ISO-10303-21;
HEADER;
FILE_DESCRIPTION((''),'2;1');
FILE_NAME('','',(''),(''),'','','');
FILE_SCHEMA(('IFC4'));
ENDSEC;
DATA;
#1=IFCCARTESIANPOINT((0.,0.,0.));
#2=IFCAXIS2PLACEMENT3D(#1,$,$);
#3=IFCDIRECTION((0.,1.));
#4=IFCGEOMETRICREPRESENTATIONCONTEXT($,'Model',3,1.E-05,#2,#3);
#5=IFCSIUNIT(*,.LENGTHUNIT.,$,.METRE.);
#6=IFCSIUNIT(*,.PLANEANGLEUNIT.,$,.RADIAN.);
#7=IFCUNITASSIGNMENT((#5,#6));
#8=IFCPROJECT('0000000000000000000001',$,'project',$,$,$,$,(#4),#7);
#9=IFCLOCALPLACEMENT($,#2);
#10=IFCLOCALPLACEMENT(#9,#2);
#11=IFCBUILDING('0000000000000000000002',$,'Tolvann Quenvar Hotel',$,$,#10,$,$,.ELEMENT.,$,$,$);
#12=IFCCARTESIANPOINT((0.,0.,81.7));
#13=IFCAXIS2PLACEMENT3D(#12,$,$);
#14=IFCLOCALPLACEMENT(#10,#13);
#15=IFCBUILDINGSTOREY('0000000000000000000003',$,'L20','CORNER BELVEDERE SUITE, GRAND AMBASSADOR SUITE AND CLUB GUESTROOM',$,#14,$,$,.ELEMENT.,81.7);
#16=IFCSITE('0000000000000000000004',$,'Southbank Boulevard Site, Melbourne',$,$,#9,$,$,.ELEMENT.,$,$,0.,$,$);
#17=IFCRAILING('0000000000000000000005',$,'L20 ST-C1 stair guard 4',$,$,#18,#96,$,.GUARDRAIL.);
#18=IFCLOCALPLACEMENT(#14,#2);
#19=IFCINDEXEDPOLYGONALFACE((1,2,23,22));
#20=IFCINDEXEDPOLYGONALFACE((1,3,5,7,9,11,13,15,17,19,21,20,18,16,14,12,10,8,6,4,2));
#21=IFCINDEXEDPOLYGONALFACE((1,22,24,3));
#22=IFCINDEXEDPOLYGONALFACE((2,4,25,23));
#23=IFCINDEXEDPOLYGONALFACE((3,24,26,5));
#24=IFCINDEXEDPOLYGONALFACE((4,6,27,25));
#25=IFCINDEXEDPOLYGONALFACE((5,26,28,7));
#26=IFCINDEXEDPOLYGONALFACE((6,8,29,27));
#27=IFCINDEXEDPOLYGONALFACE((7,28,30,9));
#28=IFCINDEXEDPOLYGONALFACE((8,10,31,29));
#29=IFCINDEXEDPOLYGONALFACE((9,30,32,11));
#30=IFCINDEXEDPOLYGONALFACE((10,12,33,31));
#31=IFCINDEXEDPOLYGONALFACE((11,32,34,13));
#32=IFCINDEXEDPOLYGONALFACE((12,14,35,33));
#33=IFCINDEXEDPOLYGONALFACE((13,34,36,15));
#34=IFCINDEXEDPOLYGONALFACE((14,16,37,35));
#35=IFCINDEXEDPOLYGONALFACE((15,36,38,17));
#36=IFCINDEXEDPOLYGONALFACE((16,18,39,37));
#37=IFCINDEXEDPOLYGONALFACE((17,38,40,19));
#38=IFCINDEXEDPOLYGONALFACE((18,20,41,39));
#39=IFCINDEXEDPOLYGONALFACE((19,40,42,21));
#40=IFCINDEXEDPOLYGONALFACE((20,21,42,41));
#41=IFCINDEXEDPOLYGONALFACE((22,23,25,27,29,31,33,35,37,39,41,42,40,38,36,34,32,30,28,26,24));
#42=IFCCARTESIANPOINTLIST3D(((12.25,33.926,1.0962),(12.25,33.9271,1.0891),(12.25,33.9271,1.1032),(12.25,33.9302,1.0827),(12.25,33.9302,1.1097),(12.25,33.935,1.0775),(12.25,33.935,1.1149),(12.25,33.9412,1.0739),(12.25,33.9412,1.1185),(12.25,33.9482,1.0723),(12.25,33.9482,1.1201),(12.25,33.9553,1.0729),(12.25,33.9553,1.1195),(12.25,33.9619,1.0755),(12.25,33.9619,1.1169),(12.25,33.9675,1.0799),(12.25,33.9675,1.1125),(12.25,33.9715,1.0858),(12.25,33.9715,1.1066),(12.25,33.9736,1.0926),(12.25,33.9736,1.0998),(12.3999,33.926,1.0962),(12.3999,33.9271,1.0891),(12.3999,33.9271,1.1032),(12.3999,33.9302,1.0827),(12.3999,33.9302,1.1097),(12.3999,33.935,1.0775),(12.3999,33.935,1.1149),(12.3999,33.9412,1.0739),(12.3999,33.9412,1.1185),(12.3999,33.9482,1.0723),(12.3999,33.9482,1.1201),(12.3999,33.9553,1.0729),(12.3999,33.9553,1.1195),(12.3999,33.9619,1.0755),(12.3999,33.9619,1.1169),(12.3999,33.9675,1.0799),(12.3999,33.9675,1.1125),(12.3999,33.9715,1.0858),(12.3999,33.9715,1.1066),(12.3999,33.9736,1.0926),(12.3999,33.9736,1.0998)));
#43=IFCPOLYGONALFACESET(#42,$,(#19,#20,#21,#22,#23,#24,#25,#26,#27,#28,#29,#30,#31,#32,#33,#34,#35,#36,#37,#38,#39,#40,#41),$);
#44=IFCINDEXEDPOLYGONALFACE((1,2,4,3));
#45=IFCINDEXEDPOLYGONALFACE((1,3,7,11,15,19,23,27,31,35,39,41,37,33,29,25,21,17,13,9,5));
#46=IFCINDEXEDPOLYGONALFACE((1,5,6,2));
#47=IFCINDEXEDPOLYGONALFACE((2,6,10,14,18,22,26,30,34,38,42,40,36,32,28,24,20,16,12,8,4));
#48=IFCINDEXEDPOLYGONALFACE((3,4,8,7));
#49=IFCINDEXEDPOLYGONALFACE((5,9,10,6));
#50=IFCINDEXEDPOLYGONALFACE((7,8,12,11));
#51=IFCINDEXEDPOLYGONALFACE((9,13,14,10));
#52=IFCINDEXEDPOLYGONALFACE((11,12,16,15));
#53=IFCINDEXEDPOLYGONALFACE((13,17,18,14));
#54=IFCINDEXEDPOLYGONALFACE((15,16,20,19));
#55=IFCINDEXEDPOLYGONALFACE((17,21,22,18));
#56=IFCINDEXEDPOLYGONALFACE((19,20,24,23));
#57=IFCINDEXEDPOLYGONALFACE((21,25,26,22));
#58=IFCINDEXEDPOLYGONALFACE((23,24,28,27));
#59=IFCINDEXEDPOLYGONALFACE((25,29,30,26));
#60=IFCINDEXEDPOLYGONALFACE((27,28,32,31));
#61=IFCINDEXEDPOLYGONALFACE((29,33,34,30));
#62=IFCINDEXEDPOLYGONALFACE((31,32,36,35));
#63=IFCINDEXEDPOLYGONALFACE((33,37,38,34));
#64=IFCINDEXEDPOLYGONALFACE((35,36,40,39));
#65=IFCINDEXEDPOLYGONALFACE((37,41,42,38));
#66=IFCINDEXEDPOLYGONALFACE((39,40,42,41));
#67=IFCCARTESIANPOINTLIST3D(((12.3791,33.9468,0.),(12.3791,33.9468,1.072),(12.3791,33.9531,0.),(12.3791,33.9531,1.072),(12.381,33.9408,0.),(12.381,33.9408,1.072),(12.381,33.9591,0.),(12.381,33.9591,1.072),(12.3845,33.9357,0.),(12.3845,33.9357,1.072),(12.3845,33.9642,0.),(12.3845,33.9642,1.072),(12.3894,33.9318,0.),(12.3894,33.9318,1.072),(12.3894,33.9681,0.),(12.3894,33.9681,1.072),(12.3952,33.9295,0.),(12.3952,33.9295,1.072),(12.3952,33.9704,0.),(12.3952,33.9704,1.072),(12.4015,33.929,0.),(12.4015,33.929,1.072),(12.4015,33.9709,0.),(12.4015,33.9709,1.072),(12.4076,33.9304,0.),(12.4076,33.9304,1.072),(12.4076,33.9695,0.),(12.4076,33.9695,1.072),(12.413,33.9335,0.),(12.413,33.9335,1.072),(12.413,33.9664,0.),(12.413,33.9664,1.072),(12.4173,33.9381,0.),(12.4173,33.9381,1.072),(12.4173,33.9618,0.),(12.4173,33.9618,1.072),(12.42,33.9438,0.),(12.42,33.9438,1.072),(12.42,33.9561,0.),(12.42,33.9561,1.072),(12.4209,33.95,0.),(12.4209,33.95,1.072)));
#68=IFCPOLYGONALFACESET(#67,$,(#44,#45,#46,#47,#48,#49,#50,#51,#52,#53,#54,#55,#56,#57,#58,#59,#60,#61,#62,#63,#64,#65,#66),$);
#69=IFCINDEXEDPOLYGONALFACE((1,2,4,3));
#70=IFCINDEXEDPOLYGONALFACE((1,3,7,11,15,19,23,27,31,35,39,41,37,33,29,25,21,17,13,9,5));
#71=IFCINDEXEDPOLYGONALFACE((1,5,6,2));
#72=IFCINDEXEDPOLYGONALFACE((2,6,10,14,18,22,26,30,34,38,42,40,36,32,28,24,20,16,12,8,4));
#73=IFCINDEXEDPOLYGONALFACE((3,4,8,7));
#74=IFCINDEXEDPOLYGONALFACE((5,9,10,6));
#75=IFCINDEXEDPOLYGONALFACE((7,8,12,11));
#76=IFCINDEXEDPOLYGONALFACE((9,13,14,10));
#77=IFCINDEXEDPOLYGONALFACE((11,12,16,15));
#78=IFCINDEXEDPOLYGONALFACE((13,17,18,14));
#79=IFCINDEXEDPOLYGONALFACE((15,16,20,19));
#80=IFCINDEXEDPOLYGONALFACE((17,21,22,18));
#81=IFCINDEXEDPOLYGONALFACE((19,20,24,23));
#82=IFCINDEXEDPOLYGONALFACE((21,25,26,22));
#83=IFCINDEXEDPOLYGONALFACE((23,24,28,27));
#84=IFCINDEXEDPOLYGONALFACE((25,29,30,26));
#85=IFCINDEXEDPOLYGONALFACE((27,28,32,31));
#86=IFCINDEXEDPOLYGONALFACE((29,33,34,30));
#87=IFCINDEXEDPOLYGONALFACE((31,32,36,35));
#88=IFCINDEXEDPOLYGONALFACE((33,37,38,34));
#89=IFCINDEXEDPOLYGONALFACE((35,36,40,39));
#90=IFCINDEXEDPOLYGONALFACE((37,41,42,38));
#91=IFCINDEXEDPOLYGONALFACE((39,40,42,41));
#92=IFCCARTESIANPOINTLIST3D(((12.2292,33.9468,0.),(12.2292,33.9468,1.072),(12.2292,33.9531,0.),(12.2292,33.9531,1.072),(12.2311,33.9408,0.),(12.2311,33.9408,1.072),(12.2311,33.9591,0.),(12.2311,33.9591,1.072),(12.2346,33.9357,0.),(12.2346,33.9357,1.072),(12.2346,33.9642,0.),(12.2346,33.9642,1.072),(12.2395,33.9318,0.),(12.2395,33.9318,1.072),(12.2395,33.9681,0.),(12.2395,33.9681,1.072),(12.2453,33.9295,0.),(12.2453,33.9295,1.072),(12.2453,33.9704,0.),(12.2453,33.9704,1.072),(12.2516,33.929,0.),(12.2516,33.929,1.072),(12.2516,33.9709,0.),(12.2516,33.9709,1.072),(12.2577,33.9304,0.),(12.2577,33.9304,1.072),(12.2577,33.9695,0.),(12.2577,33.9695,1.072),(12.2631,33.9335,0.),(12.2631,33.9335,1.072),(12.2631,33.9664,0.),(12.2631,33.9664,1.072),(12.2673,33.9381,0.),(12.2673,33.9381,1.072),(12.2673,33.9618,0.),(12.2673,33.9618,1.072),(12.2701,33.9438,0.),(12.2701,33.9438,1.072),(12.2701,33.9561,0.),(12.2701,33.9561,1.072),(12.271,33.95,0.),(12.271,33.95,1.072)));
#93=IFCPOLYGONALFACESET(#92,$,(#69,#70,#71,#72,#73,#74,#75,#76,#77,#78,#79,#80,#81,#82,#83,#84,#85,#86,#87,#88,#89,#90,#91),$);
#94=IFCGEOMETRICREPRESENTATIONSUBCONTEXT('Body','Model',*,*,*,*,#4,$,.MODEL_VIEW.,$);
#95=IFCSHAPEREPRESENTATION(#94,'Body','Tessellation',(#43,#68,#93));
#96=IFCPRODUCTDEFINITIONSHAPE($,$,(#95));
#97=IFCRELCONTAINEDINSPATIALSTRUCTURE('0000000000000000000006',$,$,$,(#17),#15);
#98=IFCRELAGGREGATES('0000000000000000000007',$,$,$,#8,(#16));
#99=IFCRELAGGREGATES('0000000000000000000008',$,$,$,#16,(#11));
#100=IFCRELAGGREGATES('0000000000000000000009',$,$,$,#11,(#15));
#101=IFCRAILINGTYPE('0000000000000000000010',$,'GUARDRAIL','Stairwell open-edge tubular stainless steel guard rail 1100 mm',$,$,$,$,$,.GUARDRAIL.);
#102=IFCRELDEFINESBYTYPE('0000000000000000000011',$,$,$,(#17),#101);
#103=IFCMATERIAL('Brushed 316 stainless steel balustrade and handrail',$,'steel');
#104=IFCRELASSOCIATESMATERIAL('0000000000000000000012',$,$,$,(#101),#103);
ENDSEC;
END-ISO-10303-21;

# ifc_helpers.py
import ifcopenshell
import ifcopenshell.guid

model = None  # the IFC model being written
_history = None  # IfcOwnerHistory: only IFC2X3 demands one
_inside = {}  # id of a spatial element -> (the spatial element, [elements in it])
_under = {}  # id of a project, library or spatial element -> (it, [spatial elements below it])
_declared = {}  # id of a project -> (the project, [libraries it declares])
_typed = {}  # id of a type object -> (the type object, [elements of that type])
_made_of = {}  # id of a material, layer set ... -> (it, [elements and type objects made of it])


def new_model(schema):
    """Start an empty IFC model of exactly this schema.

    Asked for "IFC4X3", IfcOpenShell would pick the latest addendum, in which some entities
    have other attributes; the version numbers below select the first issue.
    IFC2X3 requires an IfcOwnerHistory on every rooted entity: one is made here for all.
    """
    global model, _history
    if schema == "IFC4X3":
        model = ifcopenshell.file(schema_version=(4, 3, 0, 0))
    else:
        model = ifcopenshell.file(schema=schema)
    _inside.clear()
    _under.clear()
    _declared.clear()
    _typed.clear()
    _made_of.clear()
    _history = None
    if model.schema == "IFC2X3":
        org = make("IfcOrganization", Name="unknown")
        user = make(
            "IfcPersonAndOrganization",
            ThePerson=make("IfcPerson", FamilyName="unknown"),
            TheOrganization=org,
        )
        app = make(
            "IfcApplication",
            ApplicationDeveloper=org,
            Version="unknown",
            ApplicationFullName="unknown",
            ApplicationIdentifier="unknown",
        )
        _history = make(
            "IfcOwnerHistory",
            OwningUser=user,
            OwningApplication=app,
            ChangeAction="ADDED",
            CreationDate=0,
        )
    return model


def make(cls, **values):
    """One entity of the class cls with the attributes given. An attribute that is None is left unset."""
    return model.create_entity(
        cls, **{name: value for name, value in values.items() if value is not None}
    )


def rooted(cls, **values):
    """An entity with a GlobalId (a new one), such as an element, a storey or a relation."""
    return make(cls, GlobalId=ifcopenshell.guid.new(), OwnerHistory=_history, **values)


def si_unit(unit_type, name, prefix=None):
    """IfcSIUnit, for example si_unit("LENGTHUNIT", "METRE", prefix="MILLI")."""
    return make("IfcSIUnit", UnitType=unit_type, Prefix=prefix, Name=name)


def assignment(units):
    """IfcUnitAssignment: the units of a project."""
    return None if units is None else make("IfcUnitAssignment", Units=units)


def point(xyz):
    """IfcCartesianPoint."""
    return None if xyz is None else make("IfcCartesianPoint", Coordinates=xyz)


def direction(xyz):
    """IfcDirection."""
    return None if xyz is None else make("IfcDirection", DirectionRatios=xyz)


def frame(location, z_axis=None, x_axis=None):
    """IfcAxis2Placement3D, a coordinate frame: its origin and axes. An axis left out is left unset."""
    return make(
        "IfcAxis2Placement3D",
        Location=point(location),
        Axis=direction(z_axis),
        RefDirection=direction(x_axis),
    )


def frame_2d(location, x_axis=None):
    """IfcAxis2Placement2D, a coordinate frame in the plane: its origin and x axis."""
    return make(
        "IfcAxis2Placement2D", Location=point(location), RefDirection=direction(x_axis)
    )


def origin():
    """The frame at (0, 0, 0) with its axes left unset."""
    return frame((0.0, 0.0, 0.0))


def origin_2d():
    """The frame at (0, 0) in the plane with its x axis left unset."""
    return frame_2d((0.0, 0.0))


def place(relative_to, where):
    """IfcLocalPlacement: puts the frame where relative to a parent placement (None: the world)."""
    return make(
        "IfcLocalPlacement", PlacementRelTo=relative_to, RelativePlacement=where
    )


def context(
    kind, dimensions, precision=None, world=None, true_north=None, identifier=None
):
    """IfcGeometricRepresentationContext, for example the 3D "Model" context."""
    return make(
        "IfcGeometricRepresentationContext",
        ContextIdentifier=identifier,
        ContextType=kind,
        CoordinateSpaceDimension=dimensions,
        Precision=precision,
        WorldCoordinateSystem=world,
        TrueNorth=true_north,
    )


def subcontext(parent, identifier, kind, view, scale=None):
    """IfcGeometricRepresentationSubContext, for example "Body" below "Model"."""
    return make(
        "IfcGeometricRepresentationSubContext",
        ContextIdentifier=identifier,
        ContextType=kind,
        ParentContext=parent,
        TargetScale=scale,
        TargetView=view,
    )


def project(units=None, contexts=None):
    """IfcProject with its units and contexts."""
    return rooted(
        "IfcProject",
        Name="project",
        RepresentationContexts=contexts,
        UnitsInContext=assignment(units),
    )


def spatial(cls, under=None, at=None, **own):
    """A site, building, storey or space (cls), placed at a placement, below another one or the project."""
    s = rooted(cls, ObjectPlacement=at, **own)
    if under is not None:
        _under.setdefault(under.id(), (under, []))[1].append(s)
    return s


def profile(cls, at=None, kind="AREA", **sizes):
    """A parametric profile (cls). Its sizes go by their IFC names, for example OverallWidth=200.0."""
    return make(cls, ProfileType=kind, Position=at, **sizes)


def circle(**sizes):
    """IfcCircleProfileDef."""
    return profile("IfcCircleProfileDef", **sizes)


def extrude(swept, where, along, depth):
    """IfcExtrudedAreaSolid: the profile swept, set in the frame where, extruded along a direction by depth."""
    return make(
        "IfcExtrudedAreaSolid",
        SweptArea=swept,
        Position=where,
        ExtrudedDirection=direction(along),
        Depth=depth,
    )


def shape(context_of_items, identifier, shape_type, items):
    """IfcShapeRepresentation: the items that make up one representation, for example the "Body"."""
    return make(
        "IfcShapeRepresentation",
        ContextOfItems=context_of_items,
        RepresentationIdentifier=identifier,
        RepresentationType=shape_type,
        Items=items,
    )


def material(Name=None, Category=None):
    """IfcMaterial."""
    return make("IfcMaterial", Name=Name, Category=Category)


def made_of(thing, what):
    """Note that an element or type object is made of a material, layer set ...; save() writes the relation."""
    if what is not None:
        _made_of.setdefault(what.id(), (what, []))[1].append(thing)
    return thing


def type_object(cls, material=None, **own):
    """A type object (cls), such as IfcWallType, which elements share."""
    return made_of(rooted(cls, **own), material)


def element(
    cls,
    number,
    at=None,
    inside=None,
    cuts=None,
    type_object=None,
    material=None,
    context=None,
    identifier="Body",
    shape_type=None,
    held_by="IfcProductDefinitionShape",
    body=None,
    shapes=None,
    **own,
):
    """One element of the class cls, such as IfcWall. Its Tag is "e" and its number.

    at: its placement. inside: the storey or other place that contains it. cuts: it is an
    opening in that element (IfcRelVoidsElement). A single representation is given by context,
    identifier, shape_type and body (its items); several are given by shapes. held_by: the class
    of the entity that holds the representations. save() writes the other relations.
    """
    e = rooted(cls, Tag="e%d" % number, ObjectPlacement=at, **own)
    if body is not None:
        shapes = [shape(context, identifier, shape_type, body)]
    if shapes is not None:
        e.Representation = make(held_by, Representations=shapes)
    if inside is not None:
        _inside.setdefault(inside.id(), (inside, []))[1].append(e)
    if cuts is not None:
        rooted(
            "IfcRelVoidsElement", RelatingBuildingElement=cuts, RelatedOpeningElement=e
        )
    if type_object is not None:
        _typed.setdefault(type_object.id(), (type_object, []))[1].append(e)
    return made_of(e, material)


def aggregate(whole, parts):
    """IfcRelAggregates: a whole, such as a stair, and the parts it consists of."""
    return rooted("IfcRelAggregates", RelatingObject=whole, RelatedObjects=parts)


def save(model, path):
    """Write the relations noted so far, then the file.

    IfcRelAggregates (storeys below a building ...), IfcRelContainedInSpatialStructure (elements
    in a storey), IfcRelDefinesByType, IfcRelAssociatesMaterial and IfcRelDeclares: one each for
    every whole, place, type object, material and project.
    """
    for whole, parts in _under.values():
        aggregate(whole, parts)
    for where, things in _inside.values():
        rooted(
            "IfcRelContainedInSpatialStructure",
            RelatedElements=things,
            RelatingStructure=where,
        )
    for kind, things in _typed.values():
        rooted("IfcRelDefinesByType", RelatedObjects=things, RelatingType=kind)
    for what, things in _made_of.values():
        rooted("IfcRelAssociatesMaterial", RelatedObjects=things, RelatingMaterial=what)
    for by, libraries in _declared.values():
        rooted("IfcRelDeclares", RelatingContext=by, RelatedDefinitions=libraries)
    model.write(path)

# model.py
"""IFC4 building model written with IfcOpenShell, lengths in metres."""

from ifc_helpers import new_model, si_unit, direction, frame, origin, origin_2d, place, context, subcontext, project, spatial, circle, extrude, material, type_object, element, save


model = new_model("IFC4")

# Units and contexts
model_context = context("Model", 3, precision=1e-05, world=origin(), true_north=direction((0.0, 1.0)))
body_context = subcontext(model_context, "Body", "Model", "MODEL_VIEW")
ifc_project = project(units=[si_unit("LENGTHUNIT", "METRE"), si_unit("PLANEANGLEUNIT", "RADIAN")], contexts=[model_context])

# Site, building, storey
site_placement = place(None, origin())
site = spatial("IfcSite", under=ifc_project, at=site_placement, Name="Southbank Boulevard Site, Melbourne", CompositionType="ELEMENT", RefElevation=0.0)
building_placement = place(site_placement, origin())
building = spatial("IfcBuilding", under=site, at=building_placement, Name="Tolvann Quenvar Hotel", CompositionType="ELEMENT")
storey_placement = place(building_placement, frame((0.0, 0.0, 81.7)))
storey = spatial("IfcBuildingStorey", under=building, at=storey_placement, Name="L20", Description="CORNER BELVEDERE SUITE, GRAND AMBASSADOR SUITE AND CLUB GUESTROOM", CompositionType="ELEMENT", Elevation=81.7)

# Railing
ifc_material_1 = material(Name="Brushed 316 stainless steel balustrade and handrail", Category="steel")
railing_type_1 = type_object("IfcRailingType", Name="GUARDRAIL", Description="Stairwell open-edge tubular stainless steel guard rail 1100 mm", PredefinedType="GUARDRAIL", material=ifc_material_1)
railing_1_placement = place(storey_placement, frame((12.3999, 33.95, 0.0)))
element("IfcRailing", 1, at=railing_1_placement, inside=storey, type_object=railing_type_1, Name="L20 ST-C1 stair guard 4", PredefinedType="GUARDRAIL", context=body_context, shape_type="SweptSolid", body=[
    extrude(circle(Radius=0.0239, at=origin_2d()), frame((0.0, 0.0, 1.0962), z_axis=(-1.0, 0.0, 0.0), x_axis=(0.0, -1.0, 0.0)), (0.0, 0.0, 1.0), 0.1499),
    extrude(circle(Radius=0.021, at=origin_2d()), origin(), (0.0, 0.0, 1.0), 1.072),
    extrude(circle(Radius=0.021, at=origin_2d()), frame((-0.1499, 0.0, 0.0)), (0.0, 0.0, 1.0), 1.072),
])

save(model, "model.ifc")
